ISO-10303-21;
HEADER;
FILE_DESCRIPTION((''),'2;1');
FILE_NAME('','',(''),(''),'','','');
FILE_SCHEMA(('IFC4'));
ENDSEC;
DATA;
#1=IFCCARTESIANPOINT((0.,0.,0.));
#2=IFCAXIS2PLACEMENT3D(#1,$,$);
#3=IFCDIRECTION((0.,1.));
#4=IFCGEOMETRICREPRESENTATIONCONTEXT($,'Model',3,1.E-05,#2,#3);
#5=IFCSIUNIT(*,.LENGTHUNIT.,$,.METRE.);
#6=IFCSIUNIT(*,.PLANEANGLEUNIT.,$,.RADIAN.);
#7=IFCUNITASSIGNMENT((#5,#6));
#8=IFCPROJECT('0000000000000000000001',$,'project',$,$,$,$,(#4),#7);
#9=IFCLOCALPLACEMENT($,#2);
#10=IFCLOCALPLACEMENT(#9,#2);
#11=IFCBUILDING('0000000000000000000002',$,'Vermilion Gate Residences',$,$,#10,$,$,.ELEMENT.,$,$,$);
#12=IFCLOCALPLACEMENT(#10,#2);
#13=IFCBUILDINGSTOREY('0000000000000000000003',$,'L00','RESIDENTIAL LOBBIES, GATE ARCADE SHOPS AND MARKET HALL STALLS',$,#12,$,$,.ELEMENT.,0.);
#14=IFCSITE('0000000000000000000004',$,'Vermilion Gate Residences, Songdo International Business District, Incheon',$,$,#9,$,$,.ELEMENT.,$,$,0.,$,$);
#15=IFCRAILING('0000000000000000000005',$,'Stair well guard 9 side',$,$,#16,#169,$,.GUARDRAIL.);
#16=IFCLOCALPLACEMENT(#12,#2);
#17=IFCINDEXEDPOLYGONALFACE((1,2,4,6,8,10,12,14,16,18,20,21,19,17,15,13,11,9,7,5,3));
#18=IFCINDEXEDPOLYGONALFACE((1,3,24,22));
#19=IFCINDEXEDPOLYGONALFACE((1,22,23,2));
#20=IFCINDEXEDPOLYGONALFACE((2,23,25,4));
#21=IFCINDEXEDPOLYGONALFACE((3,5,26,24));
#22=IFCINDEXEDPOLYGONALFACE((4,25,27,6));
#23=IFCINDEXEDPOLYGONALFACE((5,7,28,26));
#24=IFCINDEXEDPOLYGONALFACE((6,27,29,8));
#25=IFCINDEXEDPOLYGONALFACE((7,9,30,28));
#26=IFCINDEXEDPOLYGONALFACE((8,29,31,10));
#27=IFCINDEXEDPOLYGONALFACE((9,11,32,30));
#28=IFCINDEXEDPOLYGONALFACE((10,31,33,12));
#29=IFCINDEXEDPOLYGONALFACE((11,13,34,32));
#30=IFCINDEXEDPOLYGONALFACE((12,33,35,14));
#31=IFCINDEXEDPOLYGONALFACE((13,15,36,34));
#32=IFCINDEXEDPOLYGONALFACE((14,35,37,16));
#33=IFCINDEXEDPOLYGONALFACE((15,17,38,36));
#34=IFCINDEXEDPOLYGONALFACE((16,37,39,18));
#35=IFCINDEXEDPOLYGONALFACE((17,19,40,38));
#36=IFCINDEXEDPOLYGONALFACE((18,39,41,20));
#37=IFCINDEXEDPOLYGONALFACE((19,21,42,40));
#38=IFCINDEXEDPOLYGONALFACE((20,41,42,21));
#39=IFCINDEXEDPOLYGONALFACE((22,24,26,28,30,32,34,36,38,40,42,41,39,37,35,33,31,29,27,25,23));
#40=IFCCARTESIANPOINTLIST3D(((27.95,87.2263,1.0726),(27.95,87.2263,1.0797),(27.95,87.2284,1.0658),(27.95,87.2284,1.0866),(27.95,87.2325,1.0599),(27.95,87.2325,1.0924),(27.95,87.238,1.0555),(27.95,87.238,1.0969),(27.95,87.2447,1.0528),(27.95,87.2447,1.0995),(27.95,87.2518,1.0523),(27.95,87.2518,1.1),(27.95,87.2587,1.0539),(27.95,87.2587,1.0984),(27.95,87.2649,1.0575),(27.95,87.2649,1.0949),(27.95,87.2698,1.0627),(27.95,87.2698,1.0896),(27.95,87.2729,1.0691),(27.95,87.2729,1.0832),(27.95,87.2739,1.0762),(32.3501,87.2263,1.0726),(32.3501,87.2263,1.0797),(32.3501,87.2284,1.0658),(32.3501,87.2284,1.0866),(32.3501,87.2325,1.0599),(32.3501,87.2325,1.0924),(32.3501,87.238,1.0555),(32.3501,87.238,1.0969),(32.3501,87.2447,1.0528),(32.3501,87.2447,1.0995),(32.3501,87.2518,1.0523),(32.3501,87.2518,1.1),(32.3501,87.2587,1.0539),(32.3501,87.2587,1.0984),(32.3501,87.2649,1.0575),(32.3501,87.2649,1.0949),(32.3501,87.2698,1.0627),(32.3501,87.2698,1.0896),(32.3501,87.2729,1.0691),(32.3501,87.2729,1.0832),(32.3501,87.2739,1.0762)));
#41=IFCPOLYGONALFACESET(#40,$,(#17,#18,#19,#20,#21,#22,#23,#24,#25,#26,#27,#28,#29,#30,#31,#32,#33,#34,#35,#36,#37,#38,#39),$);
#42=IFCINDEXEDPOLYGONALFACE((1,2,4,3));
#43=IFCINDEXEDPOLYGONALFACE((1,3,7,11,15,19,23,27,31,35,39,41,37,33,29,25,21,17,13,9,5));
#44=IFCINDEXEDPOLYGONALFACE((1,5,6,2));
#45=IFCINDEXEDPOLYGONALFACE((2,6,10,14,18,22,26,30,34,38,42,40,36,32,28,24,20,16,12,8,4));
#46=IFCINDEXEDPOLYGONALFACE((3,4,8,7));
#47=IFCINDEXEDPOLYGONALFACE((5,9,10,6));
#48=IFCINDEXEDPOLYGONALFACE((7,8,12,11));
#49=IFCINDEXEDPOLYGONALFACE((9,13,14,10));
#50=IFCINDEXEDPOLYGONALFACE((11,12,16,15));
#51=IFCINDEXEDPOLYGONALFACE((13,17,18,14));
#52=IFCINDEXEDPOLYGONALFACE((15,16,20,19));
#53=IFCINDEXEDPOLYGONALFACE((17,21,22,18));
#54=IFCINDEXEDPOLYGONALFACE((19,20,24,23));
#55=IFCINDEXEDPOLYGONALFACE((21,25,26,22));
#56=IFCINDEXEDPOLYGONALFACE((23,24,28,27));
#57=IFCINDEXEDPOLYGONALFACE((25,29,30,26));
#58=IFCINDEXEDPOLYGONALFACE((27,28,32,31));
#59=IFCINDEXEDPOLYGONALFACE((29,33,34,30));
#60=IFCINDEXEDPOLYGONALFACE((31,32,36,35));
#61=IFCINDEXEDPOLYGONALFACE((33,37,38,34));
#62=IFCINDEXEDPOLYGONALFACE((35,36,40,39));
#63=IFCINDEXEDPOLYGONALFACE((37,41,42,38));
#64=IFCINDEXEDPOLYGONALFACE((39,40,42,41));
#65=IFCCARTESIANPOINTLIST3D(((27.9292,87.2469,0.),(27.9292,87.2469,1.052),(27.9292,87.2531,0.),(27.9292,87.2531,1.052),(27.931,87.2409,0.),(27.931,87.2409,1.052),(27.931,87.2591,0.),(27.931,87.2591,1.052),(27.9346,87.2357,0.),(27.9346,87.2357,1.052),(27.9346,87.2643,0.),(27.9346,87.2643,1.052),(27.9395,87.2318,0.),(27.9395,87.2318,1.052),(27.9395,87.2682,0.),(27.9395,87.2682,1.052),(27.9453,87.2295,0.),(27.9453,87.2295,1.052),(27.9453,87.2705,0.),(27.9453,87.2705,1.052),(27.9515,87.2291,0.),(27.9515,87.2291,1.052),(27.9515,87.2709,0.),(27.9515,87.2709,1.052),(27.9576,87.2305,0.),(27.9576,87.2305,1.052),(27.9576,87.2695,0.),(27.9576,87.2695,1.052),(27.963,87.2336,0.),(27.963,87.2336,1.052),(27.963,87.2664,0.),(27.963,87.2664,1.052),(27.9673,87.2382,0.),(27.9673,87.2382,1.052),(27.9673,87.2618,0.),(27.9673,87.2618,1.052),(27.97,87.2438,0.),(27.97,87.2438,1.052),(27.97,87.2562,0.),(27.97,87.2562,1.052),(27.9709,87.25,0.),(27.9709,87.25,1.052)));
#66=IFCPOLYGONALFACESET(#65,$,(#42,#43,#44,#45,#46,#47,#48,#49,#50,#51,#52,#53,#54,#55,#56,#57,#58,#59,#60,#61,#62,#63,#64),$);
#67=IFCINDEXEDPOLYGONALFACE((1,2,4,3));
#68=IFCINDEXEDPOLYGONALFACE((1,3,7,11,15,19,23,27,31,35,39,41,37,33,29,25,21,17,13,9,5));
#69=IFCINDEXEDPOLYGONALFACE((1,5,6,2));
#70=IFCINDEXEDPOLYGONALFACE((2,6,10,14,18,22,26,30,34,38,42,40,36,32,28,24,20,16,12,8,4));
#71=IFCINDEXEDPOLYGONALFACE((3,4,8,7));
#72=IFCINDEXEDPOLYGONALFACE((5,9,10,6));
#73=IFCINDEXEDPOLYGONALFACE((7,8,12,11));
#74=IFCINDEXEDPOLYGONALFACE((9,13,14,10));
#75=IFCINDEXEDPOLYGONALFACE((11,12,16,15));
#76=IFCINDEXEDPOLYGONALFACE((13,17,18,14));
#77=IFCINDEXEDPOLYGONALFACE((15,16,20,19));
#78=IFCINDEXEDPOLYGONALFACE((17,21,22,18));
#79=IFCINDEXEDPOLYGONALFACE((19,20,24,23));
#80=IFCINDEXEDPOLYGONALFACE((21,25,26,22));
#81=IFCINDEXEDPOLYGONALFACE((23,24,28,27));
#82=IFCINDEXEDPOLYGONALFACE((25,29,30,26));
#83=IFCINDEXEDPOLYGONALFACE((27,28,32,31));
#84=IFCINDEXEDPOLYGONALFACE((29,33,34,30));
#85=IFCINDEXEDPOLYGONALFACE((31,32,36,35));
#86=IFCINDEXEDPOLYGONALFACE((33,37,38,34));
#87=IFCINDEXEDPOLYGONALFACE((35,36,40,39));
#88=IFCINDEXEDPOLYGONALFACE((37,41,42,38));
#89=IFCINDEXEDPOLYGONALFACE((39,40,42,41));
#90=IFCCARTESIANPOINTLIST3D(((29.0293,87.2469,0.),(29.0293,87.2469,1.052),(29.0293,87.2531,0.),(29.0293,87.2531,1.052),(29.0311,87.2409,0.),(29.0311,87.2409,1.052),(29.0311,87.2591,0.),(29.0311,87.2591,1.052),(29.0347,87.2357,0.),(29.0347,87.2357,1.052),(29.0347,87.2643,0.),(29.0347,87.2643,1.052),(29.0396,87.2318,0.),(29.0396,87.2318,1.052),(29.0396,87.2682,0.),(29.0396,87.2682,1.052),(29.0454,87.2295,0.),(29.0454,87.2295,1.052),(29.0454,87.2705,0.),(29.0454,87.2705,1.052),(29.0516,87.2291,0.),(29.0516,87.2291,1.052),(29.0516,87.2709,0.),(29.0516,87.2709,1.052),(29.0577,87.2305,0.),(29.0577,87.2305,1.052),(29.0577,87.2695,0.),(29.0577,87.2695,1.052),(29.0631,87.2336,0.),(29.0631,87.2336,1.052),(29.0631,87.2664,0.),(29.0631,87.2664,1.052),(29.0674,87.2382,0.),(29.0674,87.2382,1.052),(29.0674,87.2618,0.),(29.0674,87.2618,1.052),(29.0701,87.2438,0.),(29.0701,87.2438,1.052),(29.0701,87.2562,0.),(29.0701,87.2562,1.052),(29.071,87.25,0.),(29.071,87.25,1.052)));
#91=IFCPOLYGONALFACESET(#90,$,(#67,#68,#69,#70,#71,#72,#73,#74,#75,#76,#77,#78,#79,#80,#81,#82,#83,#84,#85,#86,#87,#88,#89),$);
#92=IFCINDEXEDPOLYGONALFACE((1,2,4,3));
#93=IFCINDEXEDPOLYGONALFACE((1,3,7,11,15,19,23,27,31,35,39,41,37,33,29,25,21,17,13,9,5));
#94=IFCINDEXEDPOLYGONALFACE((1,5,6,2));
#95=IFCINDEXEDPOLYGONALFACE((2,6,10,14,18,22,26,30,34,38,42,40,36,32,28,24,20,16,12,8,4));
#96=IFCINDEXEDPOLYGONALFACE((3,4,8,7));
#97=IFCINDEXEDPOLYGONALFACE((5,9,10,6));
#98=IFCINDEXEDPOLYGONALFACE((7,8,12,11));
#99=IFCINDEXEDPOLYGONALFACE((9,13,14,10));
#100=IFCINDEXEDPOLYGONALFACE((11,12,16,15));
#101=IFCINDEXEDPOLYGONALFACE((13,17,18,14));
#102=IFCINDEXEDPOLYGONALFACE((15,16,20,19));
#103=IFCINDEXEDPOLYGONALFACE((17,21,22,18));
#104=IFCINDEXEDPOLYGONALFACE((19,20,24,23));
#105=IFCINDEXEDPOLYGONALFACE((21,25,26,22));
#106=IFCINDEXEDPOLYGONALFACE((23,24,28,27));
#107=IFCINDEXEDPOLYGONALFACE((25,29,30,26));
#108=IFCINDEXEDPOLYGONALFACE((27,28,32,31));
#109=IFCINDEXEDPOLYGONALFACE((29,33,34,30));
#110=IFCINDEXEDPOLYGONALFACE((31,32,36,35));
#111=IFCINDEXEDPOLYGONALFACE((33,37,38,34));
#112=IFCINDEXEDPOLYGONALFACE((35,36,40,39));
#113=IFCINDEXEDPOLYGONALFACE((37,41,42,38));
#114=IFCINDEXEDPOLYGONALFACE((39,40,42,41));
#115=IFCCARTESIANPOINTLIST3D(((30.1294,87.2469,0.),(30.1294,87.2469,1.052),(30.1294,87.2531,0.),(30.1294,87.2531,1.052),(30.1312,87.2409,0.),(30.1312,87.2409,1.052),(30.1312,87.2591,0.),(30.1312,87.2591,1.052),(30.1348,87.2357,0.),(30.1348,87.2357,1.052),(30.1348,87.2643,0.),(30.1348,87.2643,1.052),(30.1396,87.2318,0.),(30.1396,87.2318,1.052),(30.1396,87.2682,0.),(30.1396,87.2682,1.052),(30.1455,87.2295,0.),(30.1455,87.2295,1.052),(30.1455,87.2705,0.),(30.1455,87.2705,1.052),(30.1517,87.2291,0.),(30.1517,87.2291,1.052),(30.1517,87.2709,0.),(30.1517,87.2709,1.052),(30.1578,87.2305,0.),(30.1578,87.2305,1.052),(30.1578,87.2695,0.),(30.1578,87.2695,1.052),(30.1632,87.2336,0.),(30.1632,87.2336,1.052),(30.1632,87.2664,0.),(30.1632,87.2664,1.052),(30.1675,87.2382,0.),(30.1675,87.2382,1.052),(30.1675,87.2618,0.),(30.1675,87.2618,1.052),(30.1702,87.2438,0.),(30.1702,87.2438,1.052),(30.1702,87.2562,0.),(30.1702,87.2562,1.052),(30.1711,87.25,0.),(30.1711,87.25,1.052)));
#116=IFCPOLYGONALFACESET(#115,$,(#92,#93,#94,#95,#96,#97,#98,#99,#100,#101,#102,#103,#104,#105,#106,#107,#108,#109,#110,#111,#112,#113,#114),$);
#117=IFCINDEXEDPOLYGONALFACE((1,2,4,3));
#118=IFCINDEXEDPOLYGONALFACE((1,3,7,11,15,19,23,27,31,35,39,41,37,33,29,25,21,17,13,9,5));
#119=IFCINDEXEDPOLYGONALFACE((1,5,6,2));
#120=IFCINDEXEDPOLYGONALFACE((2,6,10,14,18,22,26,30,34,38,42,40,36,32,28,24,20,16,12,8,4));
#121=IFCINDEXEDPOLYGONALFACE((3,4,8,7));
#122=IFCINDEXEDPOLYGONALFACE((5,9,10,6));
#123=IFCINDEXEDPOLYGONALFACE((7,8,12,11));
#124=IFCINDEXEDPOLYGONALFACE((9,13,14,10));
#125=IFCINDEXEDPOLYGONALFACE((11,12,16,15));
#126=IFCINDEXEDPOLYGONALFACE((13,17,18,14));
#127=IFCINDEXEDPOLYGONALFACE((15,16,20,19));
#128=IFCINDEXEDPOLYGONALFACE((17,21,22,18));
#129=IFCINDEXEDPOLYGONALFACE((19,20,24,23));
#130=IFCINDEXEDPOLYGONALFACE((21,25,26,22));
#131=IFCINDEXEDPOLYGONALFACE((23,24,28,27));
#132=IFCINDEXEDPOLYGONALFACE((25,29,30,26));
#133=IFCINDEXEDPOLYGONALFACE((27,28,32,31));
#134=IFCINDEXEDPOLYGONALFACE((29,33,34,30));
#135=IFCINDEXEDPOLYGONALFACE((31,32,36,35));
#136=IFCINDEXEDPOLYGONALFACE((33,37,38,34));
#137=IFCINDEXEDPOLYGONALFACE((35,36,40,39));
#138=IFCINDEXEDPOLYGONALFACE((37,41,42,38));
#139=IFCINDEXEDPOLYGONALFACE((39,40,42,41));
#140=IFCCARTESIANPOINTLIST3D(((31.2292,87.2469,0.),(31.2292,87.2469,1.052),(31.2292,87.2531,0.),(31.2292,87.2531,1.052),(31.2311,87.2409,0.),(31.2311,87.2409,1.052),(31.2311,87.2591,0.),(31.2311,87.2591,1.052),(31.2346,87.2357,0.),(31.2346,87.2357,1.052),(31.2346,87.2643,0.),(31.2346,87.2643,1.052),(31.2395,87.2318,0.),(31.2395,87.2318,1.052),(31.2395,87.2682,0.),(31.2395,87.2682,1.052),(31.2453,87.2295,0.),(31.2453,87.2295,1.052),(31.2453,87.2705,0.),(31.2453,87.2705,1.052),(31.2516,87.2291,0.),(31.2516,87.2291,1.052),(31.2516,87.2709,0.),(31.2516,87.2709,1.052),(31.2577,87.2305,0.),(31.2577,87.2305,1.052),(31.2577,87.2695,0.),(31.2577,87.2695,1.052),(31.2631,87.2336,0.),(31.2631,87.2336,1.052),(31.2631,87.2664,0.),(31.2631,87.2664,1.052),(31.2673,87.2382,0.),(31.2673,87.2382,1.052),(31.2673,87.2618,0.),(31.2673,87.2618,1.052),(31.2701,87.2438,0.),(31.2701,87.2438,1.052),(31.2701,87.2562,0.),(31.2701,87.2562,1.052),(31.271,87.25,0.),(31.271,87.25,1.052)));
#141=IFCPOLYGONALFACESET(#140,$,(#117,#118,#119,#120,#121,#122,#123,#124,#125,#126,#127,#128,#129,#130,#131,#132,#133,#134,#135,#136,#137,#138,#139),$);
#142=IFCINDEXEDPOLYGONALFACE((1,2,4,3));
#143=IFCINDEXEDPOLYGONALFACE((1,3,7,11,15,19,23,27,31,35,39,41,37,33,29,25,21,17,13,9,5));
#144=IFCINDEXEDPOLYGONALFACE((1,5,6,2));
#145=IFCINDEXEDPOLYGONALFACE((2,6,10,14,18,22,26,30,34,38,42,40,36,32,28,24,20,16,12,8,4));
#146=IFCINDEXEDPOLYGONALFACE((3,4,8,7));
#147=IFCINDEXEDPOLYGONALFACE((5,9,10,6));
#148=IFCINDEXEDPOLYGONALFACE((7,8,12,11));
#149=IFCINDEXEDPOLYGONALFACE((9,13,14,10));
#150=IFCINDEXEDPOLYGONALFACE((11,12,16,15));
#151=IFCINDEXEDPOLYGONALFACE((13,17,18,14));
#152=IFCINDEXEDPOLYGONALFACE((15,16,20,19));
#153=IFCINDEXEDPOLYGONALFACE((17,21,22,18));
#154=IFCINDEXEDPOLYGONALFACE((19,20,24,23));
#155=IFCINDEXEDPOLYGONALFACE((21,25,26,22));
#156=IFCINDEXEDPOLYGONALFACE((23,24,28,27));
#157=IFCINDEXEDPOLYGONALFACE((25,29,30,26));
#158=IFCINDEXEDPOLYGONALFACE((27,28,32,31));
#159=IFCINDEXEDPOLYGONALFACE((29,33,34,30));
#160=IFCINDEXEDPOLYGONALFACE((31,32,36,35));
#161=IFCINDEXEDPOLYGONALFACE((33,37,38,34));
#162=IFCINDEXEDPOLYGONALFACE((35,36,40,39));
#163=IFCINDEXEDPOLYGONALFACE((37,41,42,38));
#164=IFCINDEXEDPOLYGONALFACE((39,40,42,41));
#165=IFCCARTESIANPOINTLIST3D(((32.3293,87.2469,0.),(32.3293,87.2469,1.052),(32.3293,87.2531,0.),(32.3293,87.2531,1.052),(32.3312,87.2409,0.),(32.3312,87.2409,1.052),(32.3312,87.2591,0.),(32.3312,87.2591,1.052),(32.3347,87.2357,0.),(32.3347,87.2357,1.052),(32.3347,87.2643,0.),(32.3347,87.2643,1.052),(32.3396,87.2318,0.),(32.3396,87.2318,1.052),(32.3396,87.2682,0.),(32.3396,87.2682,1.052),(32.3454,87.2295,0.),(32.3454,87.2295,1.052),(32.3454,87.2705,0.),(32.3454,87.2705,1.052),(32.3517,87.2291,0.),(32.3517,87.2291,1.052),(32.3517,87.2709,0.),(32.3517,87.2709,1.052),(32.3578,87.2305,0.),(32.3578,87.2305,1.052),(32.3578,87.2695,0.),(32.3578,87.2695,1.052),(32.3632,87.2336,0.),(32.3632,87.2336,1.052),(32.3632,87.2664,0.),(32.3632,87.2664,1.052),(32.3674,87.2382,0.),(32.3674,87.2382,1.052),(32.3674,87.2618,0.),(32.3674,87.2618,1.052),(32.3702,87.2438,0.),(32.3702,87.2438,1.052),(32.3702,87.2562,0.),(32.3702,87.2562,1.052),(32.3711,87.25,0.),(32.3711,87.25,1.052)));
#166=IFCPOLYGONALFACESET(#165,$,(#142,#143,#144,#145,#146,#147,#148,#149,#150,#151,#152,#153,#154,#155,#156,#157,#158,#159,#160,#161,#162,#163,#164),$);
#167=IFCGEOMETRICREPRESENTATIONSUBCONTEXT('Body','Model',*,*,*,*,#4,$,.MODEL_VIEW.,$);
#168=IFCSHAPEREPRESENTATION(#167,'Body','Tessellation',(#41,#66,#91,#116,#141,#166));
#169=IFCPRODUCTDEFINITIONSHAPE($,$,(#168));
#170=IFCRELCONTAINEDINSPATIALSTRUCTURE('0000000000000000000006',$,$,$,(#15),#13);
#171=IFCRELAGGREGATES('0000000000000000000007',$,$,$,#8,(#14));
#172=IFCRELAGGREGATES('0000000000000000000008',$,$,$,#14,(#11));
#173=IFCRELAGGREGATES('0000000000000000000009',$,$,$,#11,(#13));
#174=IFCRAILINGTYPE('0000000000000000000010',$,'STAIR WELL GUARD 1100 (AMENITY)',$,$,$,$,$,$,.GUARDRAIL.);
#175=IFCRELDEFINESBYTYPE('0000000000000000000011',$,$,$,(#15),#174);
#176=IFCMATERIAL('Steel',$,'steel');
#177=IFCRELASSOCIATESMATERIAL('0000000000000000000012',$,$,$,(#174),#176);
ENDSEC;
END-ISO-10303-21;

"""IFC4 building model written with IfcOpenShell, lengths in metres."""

from ifc_helpers import new_model, si_unit, direction, frame, origin, origin_2d, place, context, subcontext, project, spatial, circle, extrude, material, type_object, element, save


model = new_model("IFC4")

# Units and contexts
model_context = context("Model", 3, precision=1e-05, world=origin(), true_north=direction((0.0, 1.0)))
body_context = subcontext(model_context, "Body", "Model", "MODEL_VIEW")
ifc_project = project(units=[si_unit("LENGTHUNIT", "METRE"), si_unit("PLANEANGLEUNIT", "RADIAN")], contexts=[model_context])

# Site, building, storey
site_placement = place(None, origin())
site = spatial("IfcSite", under=ifc_project, at=site_placement, Name="Vermilion Gate Residences, Songdo International Business District, Incheon", CompositionType="ELEMENT", RefElevation=0.0)
building_placement = place(site_placement, origin())
building = spatial("IfcBuilding", under=site, at=building_placement, Name="Vermilion Gate Residences", CompositionType="ELEMENT")
storey_placement = place(building_placement, origin())
storey = spatial("IfcBuildingStorey", under=building, at=storey_placement, Name="L00", Description="RESIDENTIAL LOBBIES, GATE ARCADE SHOPS AND MARKET HALL STALLS", CompositionType="ELEMENT", Elevation=0.0)

# Railing
ifc_material_1 = material(Name="Steel", Category="steel")
railing_type = type_object("IfcRailingType", Name="STAIR WELL GUARD 1100 (AMENITY)", PredefinedType="GUARDRAIL", material=ifc_material_1)
railing_1_placement = place(storey_placement, frame((27.95, 87.25, 0.0)))
element("IfcRailing", 1, at=railing_1_placement, inside=storey, type_object=railing_type, Name="Stair well guard 9 side", PredefinedType="GUARDRAIL", context=body_context, shape_type="SweptSolid", body=[
    extrude(circle(Radius=0.0239, at=origin_2d()), frame((0.0, 0.0, 1.0762), z_axis=(1.0, 0.0, 0.0), x_axis=(0.0, 1.0, 0.0)), (0.0, 0.0, 1.0), 4.4001),
    extrude(circle(Radius=0.021, at=origin_2d()), origin(), (0.0, 0.0, 1.0), 1.052),
    extrude(circle(Radius=0.021, at=origin_2d()), frame((1.1001, 0.0, 0.0)), (0.0, 0.0, 1.0), 1.052),
    extrude(circle(Radius=0.021, at=origin_2d()), frame((2.2002, 0.0, 0.0)), (0.0, 0.0, 1.0), 1.052),
    extrude(circle(Radius=0.021, at=origin_2d()), frame((3.3, 0.0, 0.0)), (0.0, 0.0, 1.0), 1.052),
    extrude(circle(Radius=0.021, at=origin_2d()), frame((4.4001, 0.0, 0.0)), (0.0, 0.0, 1.0), 1.052),
])

save(model, "model.ifc")
